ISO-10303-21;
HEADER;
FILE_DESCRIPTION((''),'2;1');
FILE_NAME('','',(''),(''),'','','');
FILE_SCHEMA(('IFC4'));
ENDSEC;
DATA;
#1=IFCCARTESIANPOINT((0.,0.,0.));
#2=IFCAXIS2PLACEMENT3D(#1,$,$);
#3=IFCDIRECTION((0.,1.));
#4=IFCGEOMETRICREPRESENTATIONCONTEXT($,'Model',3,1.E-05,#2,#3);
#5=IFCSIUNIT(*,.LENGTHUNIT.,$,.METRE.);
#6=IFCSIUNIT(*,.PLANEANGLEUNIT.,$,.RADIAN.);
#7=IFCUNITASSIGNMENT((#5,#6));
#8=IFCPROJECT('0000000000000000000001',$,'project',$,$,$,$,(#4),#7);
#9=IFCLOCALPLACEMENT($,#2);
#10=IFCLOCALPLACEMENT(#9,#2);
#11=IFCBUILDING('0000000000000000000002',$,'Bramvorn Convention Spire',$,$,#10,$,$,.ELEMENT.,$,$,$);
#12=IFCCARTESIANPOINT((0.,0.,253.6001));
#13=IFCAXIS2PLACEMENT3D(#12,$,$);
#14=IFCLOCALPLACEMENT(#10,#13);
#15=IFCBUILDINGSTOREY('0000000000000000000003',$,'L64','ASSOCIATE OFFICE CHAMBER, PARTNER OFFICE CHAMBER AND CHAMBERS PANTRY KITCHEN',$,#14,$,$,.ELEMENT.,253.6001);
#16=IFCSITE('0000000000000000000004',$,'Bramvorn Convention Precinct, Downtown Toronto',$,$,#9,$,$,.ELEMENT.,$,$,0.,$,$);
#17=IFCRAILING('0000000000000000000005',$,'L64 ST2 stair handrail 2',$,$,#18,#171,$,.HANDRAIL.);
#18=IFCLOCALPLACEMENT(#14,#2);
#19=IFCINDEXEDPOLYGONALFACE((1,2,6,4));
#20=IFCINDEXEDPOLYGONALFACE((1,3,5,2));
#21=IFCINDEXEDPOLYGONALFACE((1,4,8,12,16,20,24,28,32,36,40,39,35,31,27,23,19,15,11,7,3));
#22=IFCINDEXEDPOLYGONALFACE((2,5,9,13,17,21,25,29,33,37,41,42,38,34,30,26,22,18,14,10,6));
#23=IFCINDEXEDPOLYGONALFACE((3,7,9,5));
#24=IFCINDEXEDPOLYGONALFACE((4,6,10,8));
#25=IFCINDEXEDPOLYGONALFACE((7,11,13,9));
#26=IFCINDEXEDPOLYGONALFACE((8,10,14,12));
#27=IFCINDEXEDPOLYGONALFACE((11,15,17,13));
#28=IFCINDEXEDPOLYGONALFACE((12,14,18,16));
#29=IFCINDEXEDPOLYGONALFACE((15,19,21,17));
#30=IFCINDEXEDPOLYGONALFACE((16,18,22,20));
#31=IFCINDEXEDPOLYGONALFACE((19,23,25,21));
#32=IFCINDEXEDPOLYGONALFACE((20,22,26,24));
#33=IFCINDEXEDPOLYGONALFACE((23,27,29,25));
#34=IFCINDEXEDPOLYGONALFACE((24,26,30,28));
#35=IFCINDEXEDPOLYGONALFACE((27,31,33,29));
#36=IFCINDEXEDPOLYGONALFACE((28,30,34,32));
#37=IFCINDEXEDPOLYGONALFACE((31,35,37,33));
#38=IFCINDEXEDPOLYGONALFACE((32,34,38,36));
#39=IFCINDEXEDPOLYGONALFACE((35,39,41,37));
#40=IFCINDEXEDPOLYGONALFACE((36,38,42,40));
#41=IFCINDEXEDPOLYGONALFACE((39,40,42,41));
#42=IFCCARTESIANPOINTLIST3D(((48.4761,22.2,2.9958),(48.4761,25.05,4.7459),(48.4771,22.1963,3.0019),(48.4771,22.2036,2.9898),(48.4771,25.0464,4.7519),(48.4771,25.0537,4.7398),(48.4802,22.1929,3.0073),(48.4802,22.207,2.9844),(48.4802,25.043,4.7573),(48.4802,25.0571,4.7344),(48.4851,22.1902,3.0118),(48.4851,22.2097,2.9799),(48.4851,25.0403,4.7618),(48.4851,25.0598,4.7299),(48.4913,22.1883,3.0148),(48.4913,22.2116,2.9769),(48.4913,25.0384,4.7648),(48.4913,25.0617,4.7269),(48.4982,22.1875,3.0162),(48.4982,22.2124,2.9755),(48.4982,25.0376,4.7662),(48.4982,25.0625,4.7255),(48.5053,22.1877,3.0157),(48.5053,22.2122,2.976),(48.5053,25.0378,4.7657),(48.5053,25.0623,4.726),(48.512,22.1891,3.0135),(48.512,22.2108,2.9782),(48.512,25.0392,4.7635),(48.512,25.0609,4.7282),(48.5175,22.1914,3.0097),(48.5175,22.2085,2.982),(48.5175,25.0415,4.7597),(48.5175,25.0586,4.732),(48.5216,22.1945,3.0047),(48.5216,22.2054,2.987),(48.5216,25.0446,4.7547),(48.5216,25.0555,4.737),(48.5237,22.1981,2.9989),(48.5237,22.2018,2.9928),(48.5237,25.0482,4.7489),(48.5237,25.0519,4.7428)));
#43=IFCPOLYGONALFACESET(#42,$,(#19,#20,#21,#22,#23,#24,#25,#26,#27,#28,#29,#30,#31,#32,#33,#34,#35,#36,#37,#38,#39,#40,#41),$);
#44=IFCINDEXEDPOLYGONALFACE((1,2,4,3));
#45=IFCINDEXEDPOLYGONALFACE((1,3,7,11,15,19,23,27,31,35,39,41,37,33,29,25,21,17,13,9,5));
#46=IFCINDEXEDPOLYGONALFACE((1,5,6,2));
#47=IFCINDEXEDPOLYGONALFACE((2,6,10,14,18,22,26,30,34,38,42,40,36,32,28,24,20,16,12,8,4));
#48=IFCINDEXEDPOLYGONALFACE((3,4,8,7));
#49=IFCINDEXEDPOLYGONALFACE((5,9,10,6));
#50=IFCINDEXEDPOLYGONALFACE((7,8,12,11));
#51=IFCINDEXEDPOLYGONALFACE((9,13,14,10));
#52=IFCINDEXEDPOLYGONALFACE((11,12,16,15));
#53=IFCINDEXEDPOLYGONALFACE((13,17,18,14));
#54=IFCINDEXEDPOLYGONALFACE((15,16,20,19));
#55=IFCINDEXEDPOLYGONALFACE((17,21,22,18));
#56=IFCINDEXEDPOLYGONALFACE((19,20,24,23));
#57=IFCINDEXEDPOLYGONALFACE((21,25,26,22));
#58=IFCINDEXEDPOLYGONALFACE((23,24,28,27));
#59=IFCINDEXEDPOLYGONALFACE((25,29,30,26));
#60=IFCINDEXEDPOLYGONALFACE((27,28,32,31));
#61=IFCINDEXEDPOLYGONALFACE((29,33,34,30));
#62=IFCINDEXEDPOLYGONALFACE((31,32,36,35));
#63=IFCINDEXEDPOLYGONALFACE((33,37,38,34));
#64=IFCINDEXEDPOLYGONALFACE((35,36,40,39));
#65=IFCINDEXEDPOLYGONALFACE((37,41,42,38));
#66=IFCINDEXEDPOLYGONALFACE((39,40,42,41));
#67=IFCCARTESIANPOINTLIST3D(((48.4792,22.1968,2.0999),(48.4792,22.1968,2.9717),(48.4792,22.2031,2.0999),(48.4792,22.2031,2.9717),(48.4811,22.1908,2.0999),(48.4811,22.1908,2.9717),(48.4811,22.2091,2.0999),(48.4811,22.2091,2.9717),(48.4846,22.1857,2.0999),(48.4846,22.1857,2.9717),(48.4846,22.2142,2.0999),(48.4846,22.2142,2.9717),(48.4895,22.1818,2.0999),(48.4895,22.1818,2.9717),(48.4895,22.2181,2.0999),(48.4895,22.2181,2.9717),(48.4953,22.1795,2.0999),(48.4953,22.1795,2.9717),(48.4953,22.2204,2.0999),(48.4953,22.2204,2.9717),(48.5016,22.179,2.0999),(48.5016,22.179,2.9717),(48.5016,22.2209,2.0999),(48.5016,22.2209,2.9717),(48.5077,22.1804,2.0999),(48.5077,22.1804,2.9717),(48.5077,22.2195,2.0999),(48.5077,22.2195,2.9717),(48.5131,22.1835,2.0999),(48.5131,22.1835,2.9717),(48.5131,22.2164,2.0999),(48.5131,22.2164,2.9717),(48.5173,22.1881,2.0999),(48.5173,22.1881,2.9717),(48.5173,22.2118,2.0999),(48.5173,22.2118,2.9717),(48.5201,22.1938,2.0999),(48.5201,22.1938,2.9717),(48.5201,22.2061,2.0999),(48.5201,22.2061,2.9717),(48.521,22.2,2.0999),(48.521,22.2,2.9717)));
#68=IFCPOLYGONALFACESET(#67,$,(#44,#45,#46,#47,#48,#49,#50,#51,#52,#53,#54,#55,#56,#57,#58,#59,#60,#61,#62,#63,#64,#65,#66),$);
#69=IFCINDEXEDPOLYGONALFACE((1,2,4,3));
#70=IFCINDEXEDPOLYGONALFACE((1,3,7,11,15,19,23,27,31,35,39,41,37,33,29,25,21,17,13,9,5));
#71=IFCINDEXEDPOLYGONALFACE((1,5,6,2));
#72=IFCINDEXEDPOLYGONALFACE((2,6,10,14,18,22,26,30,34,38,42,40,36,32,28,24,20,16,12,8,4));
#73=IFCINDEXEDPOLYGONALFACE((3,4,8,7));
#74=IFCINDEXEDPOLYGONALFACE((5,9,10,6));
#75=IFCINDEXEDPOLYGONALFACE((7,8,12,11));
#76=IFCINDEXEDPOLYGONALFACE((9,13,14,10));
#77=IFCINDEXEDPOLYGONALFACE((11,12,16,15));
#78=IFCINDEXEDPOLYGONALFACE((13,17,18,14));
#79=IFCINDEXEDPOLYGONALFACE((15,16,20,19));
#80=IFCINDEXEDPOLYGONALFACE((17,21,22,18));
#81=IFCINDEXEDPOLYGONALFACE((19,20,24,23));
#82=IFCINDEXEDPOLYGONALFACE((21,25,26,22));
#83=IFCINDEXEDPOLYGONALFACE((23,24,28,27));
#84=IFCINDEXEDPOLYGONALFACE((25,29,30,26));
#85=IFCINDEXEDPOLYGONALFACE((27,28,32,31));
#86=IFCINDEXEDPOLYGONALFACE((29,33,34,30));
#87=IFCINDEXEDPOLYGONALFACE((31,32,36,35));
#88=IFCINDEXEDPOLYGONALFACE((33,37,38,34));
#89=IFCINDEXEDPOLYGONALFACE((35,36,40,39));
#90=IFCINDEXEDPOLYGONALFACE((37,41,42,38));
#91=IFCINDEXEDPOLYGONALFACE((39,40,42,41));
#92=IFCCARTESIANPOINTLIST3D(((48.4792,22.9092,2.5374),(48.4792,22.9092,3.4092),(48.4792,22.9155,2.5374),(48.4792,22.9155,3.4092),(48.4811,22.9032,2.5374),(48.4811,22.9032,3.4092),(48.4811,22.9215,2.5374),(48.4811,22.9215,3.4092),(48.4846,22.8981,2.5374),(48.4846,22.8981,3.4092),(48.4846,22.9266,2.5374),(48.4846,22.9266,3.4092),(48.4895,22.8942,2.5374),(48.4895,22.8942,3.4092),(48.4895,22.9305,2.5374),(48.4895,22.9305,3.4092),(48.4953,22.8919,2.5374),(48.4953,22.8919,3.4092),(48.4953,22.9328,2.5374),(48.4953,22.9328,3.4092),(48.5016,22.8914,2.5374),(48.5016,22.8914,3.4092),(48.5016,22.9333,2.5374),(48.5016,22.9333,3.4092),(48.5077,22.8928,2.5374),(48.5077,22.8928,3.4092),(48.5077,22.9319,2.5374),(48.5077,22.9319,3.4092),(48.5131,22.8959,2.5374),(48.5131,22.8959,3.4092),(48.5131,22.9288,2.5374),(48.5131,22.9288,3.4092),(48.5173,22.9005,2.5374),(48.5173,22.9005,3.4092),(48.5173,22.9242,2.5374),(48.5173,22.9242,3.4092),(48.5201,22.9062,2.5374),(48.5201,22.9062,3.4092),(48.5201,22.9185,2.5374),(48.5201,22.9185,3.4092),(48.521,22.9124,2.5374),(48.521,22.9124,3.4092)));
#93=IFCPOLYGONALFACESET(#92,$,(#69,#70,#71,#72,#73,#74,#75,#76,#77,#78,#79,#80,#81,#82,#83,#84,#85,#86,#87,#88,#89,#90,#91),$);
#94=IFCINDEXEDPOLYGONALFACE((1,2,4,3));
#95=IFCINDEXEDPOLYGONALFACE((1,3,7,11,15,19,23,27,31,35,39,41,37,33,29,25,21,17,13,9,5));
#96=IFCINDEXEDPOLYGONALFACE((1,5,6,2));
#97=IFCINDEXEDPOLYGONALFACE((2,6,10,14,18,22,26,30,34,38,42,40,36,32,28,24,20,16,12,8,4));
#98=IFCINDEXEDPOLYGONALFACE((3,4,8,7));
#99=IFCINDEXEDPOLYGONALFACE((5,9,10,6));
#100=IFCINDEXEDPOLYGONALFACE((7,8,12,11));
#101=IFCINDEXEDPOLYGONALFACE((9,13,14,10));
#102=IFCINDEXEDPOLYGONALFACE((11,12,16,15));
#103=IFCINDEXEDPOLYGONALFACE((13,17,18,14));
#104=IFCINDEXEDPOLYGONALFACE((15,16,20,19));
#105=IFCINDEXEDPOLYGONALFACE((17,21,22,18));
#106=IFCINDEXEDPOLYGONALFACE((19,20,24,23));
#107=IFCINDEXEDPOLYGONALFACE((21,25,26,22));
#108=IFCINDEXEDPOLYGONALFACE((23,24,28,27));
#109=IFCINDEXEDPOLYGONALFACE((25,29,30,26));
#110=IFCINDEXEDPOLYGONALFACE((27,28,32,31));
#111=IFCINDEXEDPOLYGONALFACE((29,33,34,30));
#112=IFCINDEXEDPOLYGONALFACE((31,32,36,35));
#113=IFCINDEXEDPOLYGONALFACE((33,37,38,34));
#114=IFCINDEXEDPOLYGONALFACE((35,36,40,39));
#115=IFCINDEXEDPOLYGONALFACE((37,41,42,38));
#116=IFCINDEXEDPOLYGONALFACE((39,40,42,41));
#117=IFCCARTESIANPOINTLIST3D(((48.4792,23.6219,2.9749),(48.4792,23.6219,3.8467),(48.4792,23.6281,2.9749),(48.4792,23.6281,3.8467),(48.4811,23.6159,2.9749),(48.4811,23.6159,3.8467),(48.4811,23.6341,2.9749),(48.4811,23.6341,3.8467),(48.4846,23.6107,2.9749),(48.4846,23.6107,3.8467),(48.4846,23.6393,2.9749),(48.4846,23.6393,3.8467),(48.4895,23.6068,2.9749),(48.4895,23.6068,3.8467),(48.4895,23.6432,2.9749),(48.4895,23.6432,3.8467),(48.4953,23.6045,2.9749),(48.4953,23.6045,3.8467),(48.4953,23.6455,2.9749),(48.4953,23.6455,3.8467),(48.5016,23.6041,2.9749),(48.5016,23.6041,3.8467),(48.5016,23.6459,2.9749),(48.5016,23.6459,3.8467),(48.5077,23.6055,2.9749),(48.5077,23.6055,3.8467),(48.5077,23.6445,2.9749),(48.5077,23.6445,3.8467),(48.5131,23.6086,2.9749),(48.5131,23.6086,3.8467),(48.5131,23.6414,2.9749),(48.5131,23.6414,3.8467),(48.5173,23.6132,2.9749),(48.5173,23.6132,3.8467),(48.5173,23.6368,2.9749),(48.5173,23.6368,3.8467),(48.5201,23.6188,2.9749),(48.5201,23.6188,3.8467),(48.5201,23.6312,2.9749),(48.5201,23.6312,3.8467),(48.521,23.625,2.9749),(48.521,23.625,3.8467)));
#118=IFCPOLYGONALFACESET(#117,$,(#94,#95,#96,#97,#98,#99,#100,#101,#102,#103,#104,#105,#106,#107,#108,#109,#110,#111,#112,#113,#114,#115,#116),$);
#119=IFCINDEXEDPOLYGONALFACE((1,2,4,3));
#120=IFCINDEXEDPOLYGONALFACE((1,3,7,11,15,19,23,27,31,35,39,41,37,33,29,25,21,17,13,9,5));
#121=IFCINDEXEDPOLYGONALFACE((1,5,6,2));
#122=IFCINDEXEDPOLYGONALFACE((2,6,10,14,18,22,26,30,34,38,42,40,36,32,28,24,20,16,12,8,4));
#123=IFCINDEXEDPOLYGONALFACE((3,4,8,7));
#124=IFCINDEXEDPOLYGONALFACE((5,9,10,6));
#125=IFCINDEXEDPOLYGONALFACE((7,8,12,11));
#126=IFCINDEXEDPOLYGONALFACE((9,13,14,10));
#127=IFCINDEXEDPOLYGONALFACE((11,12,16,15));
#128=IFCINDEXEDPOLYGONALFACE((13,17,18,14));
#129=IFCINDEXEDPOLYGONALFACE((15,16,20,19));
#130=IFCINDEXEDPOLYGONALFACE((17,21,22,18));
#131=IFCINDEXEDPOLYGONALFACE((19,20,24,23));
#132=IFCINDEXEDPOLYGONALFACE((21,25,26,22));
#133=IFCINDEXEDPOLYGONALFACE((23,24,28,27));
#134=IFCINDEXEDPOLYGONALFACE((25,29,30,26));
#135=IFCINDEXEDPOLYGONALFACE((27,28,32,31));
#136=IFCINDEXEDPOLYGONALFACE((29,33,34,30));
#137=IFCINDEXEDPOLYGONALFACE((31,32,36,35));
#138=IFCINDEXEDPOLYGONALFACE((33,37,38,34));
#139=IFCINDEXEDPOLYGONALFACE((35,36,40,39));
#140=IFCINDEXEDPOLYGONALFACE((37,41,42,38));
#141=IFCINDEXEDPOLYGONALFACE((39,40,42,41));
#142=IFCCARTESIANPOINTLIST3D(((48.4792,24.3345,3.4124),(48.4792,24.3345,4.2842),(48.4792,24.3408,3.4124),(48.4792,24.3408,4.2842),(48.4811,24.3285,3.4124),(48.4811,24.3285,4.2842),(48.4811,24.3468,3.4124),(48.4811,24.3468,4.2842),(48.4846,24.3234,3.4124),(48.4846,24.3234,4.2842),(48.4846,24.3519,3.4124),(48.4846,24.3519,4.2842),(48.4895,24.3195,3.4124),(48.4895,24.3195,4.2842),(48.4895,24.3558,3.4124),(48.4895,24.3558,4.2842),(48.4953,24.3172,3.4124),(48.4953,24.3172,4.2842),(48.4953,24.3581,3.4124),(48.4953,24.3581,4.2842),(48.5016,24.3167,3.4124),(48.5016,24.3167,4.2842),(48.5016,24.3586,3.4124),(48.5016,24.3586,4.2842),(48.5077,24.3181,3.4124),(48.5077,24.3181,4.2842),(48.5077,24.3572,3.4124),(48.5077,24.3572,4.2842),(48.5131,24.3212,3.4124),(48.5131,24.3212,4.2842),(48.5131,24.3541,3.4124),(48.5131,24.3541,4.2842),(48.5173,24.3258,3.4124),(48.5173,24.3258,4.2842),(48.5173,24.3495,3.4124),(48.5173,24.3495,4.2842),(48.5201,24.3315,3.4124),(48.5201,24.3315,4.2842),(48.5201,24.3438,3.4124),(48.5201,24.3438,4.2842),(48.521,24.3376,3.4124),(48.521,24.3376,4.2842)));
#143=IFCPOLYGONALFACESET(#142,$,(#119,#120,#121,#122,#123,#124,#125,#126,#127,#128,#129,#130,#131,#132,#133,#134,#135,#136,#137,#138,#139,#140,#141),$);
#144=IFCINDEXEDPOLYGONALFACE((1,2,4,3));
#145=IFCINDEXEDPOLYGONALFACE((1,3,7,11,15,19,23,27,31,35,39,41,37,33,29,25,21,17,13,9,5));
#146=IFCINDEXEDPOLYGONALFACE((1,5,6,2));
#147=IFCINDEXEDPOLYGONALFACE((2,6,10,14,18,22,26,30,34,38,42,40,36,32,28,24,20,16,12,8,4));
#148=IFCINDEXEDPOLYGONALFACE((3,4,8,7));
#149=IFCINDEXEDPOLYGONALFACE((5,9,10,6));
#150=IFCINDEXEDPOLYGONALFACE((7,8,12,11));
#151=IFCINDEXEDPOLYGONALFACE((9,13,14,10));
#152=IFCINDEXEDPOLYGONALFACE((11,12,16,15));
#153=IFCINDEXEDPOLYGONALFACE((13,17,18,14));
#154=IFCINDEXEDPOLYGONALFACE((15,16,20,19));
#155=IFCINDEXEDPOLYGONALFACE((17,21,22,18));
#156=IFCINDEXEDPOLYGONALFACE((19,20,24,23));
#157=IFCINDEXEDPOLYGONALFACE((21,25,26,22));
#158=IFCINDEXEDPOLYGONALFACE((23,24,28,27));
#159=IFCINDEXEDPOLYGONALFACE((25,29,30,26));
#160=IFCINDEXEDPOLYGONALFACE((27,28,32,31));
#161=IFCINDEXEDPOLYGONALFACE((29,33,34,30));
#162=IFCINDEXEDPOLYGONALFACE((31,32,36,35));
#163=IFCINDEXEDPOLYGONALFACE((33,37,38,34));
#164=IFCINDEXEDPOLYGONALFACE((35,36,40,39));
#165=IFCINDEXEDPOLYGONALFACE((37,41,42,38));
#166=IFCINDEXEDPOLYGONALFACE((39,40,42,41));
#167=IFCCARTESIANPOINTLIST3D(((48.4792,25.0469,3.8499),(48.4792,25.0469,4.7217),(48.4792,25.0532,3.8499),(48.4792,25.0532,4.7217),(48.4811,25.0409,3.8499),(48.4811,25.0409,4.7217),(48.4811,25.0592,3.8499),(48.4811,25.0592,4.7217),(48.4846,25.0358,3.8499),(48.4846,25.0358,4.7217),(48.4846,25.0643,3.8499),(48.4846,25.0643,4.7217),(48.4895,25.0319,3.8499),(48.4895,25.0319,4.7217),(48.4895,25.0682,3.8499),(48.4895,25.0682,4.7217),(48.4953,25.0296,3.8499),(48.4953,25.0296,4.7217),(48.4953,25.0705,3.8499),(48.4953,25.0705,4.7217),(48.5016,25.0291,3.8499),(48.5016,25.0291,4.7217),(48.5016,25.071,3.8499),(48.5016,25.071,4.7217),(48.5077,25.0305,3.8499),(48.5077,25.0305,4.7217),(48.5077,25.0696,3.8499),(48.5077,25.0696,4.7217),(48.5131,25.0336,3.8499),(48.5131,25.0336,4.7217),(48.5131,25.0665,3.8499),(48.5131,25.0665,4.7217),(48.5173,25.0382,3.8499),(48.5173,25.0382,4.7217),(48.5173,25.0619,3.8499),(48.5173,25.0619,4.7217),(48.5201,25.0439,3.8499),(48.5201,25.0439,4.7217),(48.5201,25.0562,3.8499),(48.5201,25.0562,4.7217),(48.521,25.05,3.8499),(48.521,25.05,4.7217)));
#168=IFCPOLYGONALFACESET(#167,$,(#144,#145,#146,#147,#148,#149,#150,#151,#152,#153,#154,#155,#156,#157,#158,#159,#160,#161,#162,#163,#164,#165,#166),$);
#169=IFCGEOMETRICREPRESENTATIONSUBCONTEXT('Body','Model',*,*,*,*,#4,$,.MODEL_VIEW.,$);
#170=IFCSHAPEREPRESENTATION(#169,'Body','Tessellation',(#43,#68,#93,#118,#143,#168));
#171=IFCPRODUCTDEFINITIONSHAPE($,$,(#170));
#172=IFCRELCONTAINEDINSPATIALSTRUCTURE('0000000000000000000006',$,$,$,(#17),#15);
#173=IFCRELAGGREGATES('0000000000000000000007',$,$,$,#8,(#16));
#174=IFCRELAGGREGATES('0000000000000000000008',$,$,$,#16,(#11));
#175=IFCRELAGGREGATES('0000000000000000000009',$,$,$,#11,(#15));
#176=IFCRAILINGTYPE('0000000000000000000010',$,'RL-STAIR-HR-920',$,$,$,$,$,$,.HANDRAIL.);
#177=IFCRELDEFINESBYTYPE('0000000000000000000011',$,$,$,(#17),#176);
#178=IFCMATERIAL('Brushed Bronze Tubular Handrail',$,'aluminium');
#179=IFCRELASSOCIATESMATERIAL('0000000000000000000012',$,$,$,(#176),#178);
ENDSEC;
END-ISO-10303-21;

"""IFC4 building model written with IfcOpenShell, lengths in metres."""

from ifc_helpers import new_model, si_unit, direction, frame, origin, origin_2d, place, context, subcontext, project, spatial, circle, extrude, material, type_object, element, save


model = new_model("IFC4")

# Units and contexts
model_context = context("Model", 3, precision=1e-05, world=origin(), true_north=direction((0.0, 1.0)))
body_context = subcontext(model_context, "Body", "Model", "MODEL_VIEW")
ifc_project = project(units=[si_unit("LENGTHUNIT", "METRE"), si_unit("PLANEANGLEUNIT", "RADIAN")], contexts=[model_context])

# Site, building, storey
site_placement = place(None, origin())
site = spatial("IfcSite", under=ifc_project, at=site_placement, Name="Bramvorn Convention Precinct, Downtown Toronto", CompositionType="ELEMENT", RefElevation=0.0)
building_placement = place(site_placement, origin())
building = spatial("IfcBuilding", under=site, at=building_placement, Name="Bramvorn Convention Spire", CompositionType="ELEMENT")
storey_placement = place(building_placement, frame((0.0, 0.0, 253.6001)))
storey = spatial("IfcBuildingStorey", under=building, at=storey_placement, Name="L64", Description="ASSOCIATE OFFICE CHAMBER, PARTNER OFFICE CHAMBER AND CHAMBERS PANTRY KITCHEN", CompositionType="ELEMENT", Elevation=253.6001)

# Railing
ifc_material_1 = material(Name="Brushed Bronze Tubular Handrail", Category="aluminium")
railing_type_1 = type_object("IfcRailingType", Name="RL-STAIR-HR-920", PredefinedType="HANDRAIL", material=ifc_material_1)
railing_1_placement = place(storey_placement, frame((48.5, 22.2, 2.0999)))
element("IfcRailing", 1, at=railing_1_placement, inside=storey, type_object=railing_type_1, Name="L64 ST2 stair handrail 2", PredefinedType="HANDRAIL", context=body_context, shape_type="SweptSolid", body=[
    extrude(circle(Radius=0.0239, at=origin_2d()), frame((0.0, 0.0, 0.896), z_axis=(0.0, 0.852179, 0.52325), x_axis=(-1.0, 0.0, 0.0)), (0.0, 0.0, 1.0), 3.3445),
    extrude(circle(Radius=0.021, at=origin_2d()), origin(), (0.0, 0.0, 1.0), 0.8718),
    extrude(circle(Radius=0.021, at=origin_2d()), frame((0.0, 0.7124, 0.4375)), (0.0, 0.0, 1.0), 0.8718),
    extrude(circle(Radius=0.021, at=origin_2d()), frame((0.0, 1.425, 0.875)), (0.0, 0.0, 1.0), 0.8718),
    extrude(circle(Radius=0.021, at=origin_2d()), frame((0.0, 2.1377, 1.3125)), (0.0, 0.0, 1.0), 0.8718),
    extrude(circle(Radius=0.021, at=origin_2d()), frame((0.0, 2.8501, 1.75)), (0.0, 0.0, 1.0), 0.8718),
])

save(model, "model.ifc")
